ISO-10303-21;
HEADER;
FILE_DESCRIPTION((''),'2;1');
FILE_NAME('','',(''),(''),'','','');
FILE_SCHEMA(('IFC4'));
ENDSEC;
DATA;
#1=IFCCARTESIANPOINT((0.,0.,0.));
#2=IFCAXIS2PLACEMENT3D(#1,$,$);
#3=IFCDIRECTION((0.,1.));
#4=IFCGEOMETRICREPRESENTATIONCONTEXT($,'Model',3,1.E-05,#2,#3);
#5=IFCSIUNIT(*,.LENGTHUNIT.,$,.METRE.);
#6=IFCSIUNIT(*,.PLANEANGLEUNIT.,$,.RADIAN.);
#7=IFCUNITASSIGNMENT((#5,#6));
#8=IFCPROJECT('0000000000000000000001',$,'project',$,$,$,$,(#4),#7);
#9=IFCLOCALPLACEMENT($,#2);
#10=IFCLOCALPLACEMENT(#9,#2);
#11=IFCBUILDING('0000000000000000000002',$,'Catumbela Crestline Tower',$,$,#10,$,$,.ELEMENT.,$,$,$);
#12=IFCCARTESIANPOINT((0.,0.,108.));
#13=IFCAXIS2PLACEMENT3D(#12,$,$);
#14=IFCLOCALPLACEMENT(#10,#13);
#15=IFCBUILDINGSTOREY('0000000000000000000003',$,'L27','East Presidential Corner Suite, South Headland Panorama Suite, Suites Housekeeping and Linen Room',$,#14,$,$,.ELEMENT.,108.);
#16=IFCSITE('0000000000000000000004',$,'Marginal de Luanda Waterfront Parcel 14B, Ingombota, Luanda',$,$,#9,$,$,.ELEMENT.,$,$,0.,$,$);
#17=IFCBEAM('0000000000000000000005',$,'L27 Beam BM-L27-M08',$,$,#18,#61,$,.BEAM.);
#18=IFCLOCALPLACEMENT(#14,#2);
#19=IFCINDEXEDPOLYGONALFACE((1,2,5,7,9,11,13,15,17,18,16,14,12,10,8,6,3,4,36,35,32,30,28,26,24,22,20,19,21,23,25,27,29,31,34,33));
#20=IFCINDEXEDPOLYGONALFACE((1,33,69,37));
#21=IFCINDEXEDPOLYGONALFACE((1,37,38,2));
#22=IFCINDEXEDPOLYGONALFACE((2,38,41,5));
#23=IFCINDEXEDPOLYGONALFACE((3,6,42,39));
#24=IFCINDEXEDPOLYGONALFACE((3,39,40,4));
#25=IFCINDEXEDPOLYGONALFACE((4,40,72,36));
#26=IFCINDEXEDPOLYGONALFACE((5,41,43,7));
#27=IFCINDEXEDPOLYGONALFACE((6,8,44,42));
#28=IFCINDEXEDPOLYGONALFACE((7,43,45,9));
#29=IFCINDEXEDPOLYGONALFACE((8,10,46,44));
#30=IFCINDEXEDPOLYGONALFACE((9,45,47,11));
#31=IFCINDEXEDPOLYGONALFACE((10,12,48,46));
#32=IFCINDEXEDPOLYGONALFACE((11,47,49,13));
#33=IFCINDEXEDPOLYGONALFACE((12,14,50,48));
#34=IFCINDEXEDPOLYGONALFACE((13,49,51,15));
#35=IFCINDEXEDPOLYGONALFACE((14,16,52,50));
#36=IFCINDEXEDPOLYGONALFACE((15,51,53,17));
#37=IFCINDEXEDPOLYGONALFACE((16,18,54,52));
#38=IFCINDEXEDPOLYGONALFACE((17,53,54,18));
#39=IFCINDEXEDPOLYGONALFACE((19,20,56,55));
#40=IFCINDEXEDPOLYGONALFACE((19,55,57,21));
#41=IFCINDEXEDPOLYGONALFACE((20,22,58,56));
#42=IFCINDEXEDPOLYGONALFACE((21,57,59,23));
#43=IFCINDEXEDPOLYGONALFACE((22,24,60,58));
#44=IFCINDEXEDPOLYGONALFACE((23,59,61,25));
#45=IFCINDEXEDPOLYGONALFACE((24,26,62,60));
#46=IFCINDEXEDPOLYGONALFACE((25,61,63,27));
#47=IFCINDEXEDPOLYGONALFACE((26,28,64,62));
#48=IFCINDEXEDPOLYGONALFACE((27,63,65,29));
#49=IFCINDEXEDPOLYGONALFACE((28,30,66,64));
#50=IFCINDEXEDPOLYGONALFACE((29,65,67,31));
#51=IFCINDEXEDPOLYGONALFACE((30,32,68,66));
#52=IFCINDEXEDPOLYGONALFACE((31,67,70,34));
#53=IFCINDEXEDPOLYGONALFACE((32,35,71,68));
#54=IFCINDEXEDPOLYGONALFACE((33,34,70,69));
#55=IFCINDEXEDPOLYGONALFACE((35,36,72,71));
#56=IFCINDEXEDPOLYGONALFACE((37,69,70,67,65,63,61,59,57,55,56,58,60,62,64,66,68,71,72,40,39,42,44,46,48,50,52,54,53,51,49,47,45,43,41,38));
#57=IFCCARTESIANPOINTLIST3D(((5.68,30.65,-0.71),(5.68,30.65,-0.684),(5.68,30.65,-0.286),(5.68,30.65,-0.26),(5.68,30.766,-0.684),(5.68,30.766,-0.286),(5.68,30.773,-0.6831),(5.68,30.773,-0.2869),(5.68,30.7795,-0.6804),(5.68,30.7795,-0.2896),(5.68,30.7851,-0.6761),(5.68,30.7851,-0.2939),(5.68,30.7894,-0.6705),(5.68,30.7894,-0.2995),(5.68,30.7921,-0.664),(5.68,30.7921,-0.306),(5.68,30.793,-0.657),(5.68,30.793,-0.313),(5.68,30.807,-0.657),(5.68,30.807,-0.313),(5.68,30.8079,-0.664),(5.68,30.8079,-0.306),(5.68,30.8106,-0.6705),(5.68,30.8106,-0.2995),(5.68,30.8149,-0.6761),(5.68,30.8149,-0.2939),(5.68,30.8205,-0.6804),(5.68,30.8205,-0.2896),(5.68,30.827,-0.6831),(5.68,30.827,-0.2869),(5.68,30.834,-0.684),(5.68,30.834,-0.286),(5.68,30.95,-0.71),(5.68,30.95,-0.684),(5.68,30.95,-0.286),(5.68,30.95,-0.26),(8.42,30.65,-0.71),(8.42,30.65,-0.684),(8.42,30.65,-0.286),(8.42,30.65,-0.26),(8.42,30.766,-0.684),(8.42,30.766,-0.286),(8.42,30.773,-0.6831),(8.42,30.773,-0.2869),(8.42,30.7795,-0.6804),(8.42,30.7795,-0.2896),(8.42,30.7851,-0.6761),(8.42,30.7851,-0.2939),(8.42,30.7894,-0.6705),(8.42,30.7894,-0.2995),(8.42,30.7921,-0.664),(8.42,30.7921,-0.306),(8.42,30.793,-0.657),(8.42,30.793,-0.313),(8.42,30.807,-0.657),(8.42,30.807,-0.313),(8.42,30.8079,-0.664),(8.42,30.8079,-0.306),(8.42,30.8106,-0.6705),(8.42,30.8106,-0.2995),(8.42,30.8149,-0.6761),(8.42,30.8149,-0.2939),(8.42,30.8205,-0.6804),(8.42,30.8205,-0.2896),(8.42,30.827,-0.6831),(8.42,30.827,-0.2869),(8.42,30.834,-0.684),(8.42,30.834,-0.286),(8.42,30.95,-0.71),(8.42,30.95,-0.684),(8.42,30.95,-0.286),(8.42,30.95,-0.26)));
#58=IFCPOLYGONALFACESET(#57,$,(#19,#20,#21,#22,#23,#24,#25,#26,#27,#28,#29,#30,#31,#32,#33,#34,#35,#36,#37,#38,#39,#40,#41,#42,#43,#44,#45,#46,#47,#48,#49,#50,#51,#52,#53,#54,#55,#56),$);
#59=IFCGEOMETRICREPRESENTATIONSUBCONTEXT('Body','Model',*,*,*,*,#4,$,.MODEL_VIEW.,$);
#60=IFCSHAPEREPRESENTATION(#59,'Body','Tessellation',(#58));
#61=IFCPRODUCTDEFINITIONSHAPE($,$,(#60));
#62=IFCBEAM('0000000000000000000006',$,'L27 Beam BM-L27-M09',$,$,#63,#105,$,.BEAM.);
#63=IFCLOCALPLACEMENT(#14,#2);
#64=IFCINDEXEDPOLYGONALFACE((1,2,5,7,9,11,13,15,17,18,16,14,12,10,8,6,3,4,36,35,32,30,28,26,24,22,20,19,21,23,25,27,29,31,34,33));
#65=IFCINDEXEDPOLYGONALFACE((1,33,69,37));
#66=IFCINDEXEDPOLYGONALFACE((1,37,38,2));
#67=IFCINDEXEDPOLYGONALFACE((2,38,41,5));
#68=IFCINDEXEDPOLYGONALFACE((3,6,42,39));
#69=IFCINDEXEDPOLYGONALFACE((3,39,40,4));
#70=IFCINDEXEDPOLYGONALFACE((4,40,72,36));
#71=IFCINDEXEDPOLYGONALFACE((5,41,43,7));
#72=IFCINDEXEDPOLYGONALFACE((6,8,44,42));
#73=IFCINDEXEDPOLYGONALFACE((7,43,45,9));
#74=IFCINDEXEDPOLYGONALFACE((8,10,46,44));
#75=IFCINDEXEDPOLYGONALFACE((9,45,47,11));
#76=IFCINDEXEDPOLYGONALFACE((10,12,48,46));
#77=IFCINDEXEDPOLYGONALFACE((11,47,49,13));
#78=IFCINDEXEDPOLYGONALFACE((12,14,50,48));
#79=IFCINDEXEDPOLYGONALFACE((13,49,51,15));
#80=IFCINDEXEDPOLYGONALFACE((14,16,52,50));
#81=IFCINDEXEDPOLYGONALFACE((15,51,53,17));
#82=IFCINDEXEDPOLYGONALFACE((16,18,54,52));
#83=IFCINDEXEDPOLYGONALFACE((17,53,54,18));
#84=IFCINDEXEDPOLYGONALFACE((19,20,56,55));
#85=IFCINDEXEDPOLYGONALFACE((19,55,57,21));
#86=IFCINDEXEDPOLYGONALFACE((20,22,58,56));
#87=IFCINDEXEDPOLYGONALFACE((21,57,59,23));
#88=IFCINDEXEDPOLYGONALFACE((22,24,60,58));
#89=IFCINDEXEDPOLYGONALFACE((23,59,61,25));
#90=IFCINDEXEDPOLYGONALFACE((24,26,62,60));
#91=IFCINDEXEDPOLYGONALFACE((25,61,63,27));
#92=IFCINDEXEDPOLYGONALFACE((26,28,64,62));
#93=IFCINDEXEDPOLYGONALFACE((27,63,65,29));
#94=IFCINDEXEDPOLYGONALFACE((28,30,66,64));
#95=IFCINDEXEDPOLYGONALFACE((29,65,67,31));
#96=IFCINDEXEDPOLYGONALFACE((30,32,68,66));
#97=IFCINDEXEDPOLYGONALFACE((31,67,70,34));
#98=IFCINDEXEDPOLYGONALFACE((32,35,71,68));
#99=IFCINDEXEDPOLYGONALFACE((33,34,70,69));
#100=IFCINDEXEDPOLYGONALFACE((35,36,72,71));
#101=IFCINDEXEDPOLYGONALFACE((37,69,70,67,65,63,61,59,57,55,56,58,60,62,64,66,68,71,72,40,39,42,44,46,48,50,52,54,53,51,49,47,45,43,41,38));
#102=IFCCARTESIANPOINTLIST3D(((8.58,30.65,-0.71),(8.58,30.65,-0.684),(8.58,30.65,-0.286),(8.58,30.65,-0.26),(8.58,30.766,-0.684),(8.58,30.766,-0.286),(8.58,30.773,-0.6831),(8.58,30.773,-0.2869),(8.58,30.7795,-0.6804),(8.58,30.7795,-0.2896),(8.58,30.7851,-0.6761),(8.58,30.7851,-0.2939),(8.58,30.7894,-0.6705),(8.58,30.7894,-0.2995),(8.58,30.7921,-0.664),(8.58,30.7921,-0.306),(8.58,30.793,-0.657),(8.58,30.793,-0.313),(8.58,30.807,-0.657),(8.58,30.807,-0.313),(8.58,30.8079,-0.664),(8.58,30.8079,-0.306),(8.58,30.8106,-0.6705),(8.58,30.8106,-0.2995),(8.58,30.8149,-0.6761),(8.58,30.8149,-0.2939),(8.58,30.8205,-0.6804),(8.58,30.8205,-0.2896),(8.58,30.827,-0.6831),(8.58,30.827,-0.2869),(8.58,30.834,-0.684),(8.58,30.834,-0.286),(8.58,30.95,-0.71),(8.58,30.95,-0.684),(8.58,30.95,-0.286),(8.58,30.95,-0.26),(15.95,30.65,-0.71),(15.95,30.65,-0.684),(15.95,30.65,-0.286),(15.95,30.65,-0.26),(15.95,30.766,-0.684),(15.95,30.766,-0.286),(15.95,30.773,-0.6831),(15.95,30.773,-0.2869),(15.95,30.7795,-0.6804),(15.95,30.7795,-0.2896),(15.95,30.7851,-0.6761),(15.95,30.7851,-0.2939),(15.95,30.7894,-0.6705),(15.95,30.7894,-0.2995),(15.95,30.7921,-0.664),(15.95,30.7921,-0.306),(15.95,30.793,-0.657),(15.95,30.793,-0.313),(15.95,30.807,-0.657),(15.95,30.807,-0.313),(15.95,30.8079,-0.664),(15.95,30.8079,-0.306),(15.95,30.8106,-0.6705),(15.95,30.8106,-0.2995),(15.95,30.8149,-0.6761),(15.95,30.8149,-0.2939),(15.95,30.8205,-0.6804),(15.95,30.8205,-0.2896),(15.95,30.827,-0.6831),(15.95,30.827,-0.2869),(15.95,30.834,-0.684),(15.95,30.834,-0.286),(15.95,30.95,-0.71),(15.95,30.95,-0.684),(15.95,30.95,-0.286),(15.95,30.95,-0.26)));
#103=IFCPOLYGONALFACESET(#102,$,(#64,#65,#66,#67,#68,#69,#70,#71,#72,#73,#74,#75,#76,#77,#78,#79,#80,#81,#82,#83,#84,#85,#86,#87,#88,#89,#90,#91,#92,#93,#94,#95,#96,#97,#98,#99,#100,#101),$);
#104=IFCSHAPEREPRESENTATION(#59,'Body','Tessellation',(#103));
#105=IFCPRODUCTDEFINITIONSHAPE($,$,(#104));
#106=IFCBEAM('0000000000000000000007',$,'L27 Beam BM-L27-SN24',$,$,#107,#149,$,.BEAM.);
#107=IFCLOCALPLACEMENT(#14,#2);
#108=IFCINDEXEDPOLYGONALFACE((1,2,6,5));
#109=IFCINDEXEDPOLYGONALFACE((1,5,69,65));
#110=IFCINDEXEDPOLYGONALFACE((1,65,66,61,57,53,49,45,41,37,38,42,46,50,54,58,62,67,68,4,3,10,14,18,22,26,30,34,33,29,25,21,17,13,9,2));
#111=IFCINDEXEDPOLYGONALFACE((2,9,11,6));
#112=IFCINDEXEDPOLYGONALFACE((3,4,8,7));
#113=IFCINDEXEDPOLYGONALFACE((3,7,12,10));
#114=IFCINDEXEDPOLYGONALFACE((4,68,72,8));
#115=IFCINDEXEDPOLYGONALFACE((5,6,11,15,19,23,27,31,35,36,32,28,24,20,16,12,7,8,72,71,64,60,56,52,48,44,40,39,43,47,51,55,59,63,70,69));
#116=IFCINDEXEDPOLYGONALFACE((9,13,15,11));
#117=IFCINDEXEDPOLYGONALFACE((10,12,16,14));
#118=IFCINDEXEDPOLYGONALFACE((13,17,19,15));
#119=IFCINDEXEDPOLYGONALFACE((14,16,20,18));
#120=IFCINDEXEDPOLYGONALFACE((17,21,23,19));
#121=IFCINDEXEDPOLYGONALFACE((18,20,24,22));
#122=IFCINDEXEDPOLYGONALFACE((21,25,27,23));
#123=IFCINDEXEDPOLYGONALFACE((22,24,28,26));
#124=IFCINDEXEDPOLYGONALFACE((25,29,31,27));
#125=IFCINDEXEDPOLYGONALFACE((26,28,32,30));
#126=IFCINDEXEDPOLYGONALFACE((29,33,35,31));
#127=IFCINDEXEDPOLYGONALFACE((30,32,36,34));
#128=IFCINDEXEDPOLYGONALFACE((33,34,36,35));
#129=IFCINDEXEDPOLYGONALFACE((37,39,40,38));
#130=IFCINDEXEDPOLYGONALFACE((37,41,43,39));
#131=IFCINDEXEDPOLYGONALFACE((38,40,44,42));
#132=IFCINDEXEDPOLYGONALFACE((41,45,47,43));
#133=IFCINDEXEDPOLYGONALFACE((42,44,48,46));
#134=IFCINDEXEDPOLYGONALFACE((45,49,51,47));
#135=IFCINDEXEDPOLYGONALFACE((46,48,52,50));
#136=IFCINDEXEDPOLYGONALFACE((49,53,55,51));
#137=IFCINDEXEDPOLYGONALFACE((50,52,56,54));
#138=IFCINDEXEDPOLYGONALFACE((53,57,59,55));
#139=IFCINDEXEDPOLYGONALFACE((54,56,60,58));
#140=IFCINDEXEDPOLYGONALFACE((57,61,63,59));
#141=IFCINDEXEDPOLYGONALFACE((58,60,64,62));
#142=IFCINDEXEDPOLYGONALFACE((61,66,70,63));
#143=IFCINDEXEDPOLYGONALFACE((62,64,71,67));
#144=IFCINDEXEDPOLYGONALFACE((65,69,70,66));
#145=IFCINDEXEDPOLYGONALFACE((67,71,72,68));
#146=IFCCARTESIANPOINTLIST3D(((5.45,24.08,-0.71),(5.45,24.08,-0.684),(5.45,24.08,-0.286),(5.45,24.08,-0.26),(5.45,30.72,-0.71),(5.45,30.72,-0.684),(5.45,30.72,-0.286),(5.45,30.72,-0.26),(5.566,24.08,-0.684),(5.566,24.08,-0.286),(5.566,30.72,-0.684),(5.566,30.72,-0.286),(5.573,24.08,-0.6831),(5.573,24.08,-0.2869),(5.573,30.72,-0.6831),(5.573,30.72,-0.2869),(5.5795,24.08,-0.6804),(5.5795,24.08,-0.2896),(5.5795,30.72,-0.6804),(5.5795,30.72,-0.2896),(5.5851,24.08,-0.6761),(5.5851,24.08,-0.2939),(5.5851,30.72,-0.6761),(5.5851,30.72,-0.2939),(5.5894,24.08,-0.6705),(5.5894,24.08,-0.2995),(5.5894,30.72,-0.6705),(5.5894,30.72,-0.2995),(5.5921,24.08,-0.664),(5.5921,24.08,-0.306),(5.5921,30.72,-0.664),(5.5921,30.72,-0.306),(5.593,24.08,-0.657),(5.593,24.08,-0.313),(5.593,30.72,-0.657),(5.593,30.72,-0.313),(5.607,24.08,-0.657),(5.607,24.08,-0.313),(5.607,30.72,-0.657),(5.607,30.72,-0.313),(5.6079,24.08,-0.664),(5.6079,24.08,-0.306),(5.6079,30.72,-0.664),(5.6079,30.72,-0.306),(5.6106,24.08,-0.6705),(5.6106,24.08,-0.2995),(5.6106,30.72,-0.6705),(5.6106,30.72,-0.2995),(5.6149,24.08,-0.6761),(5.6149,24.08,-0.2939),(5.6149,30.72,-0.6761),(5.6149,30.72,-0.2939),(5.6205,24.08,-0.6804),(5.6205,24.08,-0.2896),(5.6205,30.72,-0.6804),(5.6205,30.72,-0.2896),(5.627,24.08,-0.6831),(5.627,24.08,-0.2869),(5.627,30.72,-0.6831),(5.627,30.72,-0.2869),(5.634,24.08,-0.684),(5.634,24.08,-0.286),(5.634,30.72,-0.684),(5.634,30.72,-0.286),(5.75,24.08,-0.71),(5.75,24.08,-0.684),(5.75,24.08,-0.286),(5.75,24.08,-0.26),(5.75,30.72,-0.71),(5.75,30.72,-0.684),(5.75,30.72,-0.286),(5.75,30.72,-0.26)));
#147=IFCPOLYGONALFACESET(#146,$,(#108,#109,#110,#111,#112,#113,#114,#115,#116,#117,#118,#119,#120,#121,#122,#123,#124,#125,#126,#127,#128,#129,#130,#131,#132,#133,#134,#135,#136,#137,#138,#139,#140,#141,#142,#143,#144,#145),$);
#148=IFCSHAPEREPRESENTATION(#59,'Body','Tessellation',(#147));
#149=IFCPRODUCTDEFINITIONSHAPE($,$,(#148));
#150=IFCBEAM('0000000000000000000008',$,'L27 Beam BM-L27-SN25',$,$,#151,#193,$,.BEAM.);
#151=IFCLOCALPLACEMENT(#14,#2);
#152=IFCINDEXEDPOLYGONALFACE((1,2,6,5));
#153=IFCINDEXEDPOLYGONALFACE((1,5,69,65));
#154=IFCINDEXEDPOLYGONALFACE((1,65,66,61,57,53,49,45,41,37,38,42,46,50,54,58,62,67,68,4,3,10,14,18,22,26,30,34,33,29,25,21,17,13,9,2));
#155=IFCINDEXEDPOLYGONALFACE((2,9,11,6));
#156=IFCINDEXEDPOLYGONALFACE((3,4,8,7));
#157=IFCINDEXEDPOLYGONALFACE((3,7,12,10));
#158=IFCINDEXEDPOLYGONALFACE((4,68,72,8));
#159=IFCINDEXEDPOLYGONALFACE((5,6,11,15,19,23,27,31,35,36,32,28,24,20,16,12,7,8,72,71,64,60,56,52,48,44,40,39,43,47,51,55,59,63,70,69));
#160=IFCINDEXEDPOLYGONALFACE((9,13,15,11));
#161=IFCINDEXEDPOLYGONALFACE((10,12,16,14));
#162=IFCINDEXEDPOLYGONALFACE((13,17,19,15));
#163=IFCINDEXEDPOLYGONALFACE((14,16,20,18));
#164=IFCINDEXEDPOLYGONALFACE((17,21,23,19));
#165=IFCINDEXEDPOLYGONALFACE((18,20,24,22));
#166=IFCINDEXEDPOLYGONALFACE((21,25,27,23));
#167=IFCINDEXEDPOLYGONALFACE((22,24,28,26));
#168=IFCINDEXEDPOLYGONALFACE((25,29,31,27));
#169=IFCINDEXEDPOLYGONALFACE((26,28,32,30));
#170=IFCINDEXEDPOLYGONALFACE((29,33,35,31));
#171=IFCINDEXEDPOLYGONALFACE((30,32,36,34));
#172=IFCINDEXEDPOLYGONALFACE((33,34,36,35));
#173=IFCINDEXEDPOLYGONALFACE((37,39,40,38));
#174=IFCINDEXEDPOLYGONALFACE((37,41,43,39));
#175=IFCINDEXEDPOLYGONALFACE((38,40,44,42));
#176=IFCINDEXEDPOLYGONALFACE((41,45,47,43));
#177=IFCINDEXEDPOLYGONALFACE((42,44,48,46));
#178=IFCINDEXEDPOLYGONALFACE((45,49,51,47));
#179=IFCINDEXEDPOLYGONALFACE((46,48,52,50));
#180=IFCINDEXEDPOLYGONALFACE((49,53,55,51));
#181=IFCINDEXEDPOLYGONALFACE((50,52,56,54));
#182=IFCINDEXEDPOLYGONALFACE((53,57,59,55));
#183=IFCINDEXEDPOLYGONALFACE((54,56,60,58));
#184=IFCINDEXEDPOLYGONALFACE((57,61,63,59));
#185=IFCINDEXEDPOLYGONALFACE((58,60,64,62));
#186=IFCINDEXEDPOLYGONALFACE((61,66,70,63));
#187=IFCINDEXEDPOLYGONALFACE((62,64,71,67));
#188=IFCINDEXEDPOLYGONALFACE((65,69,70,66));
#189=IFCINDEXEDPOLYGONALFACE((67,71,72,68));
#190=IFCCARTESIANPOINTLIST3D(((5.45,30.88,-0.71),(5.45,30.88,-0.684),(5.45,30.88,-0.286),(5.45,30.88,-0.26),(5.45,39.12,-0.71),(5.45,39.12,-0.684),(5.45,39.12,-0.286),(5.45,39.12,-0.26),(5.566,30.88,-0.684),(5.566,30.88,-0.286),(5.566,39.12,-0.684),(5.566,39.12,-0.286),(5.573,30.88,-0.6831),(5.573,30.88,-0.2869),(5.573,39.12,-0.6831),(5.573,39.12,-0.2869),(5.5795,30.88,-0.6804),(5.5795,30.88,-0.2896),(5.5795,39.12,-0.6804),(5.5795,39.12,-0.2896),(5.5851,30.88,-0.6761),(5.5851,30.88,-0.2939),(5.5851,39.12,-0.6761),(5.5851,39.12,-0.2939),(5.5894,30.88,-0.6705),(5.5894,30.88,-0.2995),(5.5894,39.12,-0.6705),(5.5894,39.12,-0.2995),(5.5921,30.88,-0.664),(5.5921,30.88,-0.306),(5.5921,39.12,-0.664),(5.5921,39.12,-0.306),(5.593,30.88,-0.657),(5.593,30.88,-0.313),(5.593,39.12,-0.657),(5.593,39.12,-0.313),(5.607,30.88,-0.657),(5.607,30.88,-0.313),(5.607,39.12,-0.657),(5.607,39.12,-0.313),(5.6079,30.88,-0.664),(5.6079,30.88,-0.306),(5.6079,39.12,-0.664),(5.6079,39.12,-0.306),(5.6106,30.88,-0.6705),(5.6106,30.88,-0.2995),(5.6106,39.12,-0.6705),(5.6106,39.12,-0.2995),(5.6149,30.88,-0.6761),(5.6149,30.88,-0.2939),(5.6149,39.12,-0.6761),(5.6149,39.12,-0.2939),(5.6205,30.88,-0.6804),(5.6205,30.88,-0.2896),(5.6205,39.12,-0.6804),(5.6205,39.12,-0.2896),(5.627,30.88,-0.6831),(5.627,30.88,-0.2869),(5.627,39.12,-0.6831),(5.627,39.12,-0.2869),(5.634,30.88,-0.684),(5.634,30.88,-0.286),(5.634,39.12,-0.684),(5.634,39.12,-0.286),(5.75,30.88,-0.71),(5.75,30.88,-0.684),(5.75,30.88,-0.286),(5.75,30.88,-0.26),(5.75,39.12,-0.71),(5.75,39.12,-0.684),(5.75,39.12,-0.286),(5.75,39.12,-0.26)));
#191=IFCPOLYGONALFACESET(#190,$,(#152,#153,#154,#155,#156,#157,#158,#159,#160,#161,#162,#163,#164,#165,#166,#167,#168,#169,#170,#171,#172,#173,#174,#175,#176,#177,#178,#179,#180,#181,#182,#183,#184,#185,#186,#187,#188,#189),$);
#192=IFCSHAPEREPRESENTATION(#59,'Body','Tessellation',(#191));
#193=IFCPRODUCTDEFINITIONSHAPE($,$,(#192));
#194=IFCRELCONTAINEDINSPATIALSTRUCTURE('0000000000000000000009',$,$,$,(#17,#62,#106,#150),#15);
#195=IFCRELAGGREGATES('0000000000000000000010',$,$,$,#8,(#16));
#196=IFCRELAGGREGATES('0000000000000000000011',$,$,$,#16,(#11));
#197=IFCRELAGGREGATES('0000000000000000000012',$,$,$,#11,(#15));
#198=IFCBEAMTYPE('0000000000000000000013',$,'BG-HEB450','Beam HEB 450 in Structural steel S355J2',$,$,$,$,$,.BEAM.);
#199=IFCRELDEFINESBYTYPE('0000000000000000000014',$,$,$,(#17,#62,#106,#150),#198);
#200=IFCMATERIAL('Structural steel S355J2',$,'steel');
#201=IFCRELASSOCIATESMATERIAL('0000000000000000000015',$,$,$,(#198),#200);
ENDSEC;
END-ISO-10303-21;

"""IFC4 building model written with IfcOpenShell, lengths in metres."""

from ifc_helpers import new_model, si_unit, direction, frame, origin, origin_2d, place, context, subcontext, project, spatial, i_section, extrude, material, material_profile, profile_set, type_object, element, save


model = new_model("IFC4")

# Units and contexts
model_context = context("Model", 3, precision=1e-05, world=origin(), true_north=direction((0.0, 1.0)))
body_context = subcontext(model_context, "Body", "Model", "MODEL_VIEW")
ifc_project = project(units=[si_unit("LENGTHUNIT", "METRE"), si_unit("PLANEANGLEUNIT", "RADIAN")], contexts=[model_context])

# Site, building, storey
site_placement = place(None, origin())
site = spatial("IfcSite", under=ifc_project, at=site_placement, Name="Marginal de Luanda Waterfront Parcel 14B, Ingombota, Luanda", CompositionType="ELEMENT", RefElevation=0.0)
building_placement = place(site_placement, origin())
building = spatial("IfcBuilding", under=site, at=building_placement, Name="Catumbela Crestline Tower", CompositionType="ELEMENT")
storey_placement = place(building_placement, frame((0.0, 0.0, 108.0)))
storey = spatial("IfcBuildingStorey", under=building, at=storey_placement, Name="L27", Description="East Presidential Corner Suite, South Headland Panorama Suite, Suites Housekeeping and Linen Room", CompositionType="ELEMENT", Elevation=108.0)

# Beams
ifc_material_1 = material(Name="Structural steel S355J2", Category="steel")
ifc_material_profile_1 = material_profile(ifc_material_1, i_section(OverallWidth=0.3, OverallDepth=0.45, WebThickness=0.014, FlangeThickness=0.026, FilletRadius=0.027, at=origin_2d()), Name="HEB 450")
ifc_profile_set_1 = profile_set([ifc_material_profile_1], Name="Structural steel S355J2")
beam_type = type_object("IfcBeamType", Name="BG-HEB450", Description="Beam HEB 450 in Structural steel S355J2", PredefinedType="BEAM", material=ifc_profile_set_1)
beam_1_placement = place(storey_placement, frame((5.68, 30.8, -0.485), z_axis=(1.0, 0.0, 0.0), x_axis=(0.0, 1.0, 0.0)))
element("IfcBeam", 1, at=beam_1_placement, inside=storey, type_object=beam_type, Name="L27 Beam BM-L27-M08", PredefinedType="BEAM", context=body_context, shape_type="SweptSolid", body=[
    extrude(i_section(OverallWidth=0.3, OverallDepth=0.45, WebThickness=0.014, FlangeThickness=0.026, FilletRadius=0.027, at=origin_2d()), origin(), (0.0, 0.0, 1.0), 2.74),
])
beam_2_placement = place(storey_placement, frame((8.58, 30.8, -0.485), z_axis=(1.0, 0.0, 0.0), x_axis=(0.0, 1.0, 0.0)))
element("IfcBeam", 2, at=beam_2_placement, inside=storey, type_object=beam_type, Name="L27 Beam BM-L27-M09", PredefinedType="BEAM", context=body_context, shape_type="SweptSolid", body=[
    extrude(i_section(OverallWidth=0.3, OverallDepth=0.45, WebThickness=0.014, FlangeThickness=0.026, FilletRadius=0.027, at=origin_2d()), origin(), (0.0, 0.0, 1.0), 7.37),
])
beam_3_placement = place(storey_placement, frame((5.6, 24.08, -0.485), z_axis=(0.0, 1.0, 0.0), x_axis=(-1.0, 0.0, 0.0)))
element("IfcBeam", 3, at=beam_3_placement, inside=storey, type_object=beam_type, Name="L27 Beam BM-L27-SN24", PredefinedType="BEAM", context=body_context, shape_type="SweptSolid", body=[
    extrude(i_section(OverallWidth=0.3, OverallDepth=0.45, WebThickness=0.014, FlangeThickness=0.026, FilletRadius=0.027, at=origin_2d()), origin(), (0.0, 0.0, 1.0), 6.64),
])
beam_4_placement = place(storey_placement, frame((5.6, 30.88, -0.485), z_axis=(0.0, 1.0, 0.0), x_axis=(-1.0, 0.0, 0.0)))
element("IfcBeam", 4, at=beam_4_placement, inside=storey, type_object=beam_type, Name="L27 Beam BM-L27-SN25", PredefinedType="BEAM", context=body_context, shape_type="SweptSolid", body=[
    extrude(i_section(OverallWidth=0.3, OverallDepth=0.45, WebThickness=0.014, FlangeThickness=0.026, FilletRadius=0.027, at=origin_2d()), origin(), (0.0, 0.0, 1.0), 8.24),
])

save(model, "model.ifc")
